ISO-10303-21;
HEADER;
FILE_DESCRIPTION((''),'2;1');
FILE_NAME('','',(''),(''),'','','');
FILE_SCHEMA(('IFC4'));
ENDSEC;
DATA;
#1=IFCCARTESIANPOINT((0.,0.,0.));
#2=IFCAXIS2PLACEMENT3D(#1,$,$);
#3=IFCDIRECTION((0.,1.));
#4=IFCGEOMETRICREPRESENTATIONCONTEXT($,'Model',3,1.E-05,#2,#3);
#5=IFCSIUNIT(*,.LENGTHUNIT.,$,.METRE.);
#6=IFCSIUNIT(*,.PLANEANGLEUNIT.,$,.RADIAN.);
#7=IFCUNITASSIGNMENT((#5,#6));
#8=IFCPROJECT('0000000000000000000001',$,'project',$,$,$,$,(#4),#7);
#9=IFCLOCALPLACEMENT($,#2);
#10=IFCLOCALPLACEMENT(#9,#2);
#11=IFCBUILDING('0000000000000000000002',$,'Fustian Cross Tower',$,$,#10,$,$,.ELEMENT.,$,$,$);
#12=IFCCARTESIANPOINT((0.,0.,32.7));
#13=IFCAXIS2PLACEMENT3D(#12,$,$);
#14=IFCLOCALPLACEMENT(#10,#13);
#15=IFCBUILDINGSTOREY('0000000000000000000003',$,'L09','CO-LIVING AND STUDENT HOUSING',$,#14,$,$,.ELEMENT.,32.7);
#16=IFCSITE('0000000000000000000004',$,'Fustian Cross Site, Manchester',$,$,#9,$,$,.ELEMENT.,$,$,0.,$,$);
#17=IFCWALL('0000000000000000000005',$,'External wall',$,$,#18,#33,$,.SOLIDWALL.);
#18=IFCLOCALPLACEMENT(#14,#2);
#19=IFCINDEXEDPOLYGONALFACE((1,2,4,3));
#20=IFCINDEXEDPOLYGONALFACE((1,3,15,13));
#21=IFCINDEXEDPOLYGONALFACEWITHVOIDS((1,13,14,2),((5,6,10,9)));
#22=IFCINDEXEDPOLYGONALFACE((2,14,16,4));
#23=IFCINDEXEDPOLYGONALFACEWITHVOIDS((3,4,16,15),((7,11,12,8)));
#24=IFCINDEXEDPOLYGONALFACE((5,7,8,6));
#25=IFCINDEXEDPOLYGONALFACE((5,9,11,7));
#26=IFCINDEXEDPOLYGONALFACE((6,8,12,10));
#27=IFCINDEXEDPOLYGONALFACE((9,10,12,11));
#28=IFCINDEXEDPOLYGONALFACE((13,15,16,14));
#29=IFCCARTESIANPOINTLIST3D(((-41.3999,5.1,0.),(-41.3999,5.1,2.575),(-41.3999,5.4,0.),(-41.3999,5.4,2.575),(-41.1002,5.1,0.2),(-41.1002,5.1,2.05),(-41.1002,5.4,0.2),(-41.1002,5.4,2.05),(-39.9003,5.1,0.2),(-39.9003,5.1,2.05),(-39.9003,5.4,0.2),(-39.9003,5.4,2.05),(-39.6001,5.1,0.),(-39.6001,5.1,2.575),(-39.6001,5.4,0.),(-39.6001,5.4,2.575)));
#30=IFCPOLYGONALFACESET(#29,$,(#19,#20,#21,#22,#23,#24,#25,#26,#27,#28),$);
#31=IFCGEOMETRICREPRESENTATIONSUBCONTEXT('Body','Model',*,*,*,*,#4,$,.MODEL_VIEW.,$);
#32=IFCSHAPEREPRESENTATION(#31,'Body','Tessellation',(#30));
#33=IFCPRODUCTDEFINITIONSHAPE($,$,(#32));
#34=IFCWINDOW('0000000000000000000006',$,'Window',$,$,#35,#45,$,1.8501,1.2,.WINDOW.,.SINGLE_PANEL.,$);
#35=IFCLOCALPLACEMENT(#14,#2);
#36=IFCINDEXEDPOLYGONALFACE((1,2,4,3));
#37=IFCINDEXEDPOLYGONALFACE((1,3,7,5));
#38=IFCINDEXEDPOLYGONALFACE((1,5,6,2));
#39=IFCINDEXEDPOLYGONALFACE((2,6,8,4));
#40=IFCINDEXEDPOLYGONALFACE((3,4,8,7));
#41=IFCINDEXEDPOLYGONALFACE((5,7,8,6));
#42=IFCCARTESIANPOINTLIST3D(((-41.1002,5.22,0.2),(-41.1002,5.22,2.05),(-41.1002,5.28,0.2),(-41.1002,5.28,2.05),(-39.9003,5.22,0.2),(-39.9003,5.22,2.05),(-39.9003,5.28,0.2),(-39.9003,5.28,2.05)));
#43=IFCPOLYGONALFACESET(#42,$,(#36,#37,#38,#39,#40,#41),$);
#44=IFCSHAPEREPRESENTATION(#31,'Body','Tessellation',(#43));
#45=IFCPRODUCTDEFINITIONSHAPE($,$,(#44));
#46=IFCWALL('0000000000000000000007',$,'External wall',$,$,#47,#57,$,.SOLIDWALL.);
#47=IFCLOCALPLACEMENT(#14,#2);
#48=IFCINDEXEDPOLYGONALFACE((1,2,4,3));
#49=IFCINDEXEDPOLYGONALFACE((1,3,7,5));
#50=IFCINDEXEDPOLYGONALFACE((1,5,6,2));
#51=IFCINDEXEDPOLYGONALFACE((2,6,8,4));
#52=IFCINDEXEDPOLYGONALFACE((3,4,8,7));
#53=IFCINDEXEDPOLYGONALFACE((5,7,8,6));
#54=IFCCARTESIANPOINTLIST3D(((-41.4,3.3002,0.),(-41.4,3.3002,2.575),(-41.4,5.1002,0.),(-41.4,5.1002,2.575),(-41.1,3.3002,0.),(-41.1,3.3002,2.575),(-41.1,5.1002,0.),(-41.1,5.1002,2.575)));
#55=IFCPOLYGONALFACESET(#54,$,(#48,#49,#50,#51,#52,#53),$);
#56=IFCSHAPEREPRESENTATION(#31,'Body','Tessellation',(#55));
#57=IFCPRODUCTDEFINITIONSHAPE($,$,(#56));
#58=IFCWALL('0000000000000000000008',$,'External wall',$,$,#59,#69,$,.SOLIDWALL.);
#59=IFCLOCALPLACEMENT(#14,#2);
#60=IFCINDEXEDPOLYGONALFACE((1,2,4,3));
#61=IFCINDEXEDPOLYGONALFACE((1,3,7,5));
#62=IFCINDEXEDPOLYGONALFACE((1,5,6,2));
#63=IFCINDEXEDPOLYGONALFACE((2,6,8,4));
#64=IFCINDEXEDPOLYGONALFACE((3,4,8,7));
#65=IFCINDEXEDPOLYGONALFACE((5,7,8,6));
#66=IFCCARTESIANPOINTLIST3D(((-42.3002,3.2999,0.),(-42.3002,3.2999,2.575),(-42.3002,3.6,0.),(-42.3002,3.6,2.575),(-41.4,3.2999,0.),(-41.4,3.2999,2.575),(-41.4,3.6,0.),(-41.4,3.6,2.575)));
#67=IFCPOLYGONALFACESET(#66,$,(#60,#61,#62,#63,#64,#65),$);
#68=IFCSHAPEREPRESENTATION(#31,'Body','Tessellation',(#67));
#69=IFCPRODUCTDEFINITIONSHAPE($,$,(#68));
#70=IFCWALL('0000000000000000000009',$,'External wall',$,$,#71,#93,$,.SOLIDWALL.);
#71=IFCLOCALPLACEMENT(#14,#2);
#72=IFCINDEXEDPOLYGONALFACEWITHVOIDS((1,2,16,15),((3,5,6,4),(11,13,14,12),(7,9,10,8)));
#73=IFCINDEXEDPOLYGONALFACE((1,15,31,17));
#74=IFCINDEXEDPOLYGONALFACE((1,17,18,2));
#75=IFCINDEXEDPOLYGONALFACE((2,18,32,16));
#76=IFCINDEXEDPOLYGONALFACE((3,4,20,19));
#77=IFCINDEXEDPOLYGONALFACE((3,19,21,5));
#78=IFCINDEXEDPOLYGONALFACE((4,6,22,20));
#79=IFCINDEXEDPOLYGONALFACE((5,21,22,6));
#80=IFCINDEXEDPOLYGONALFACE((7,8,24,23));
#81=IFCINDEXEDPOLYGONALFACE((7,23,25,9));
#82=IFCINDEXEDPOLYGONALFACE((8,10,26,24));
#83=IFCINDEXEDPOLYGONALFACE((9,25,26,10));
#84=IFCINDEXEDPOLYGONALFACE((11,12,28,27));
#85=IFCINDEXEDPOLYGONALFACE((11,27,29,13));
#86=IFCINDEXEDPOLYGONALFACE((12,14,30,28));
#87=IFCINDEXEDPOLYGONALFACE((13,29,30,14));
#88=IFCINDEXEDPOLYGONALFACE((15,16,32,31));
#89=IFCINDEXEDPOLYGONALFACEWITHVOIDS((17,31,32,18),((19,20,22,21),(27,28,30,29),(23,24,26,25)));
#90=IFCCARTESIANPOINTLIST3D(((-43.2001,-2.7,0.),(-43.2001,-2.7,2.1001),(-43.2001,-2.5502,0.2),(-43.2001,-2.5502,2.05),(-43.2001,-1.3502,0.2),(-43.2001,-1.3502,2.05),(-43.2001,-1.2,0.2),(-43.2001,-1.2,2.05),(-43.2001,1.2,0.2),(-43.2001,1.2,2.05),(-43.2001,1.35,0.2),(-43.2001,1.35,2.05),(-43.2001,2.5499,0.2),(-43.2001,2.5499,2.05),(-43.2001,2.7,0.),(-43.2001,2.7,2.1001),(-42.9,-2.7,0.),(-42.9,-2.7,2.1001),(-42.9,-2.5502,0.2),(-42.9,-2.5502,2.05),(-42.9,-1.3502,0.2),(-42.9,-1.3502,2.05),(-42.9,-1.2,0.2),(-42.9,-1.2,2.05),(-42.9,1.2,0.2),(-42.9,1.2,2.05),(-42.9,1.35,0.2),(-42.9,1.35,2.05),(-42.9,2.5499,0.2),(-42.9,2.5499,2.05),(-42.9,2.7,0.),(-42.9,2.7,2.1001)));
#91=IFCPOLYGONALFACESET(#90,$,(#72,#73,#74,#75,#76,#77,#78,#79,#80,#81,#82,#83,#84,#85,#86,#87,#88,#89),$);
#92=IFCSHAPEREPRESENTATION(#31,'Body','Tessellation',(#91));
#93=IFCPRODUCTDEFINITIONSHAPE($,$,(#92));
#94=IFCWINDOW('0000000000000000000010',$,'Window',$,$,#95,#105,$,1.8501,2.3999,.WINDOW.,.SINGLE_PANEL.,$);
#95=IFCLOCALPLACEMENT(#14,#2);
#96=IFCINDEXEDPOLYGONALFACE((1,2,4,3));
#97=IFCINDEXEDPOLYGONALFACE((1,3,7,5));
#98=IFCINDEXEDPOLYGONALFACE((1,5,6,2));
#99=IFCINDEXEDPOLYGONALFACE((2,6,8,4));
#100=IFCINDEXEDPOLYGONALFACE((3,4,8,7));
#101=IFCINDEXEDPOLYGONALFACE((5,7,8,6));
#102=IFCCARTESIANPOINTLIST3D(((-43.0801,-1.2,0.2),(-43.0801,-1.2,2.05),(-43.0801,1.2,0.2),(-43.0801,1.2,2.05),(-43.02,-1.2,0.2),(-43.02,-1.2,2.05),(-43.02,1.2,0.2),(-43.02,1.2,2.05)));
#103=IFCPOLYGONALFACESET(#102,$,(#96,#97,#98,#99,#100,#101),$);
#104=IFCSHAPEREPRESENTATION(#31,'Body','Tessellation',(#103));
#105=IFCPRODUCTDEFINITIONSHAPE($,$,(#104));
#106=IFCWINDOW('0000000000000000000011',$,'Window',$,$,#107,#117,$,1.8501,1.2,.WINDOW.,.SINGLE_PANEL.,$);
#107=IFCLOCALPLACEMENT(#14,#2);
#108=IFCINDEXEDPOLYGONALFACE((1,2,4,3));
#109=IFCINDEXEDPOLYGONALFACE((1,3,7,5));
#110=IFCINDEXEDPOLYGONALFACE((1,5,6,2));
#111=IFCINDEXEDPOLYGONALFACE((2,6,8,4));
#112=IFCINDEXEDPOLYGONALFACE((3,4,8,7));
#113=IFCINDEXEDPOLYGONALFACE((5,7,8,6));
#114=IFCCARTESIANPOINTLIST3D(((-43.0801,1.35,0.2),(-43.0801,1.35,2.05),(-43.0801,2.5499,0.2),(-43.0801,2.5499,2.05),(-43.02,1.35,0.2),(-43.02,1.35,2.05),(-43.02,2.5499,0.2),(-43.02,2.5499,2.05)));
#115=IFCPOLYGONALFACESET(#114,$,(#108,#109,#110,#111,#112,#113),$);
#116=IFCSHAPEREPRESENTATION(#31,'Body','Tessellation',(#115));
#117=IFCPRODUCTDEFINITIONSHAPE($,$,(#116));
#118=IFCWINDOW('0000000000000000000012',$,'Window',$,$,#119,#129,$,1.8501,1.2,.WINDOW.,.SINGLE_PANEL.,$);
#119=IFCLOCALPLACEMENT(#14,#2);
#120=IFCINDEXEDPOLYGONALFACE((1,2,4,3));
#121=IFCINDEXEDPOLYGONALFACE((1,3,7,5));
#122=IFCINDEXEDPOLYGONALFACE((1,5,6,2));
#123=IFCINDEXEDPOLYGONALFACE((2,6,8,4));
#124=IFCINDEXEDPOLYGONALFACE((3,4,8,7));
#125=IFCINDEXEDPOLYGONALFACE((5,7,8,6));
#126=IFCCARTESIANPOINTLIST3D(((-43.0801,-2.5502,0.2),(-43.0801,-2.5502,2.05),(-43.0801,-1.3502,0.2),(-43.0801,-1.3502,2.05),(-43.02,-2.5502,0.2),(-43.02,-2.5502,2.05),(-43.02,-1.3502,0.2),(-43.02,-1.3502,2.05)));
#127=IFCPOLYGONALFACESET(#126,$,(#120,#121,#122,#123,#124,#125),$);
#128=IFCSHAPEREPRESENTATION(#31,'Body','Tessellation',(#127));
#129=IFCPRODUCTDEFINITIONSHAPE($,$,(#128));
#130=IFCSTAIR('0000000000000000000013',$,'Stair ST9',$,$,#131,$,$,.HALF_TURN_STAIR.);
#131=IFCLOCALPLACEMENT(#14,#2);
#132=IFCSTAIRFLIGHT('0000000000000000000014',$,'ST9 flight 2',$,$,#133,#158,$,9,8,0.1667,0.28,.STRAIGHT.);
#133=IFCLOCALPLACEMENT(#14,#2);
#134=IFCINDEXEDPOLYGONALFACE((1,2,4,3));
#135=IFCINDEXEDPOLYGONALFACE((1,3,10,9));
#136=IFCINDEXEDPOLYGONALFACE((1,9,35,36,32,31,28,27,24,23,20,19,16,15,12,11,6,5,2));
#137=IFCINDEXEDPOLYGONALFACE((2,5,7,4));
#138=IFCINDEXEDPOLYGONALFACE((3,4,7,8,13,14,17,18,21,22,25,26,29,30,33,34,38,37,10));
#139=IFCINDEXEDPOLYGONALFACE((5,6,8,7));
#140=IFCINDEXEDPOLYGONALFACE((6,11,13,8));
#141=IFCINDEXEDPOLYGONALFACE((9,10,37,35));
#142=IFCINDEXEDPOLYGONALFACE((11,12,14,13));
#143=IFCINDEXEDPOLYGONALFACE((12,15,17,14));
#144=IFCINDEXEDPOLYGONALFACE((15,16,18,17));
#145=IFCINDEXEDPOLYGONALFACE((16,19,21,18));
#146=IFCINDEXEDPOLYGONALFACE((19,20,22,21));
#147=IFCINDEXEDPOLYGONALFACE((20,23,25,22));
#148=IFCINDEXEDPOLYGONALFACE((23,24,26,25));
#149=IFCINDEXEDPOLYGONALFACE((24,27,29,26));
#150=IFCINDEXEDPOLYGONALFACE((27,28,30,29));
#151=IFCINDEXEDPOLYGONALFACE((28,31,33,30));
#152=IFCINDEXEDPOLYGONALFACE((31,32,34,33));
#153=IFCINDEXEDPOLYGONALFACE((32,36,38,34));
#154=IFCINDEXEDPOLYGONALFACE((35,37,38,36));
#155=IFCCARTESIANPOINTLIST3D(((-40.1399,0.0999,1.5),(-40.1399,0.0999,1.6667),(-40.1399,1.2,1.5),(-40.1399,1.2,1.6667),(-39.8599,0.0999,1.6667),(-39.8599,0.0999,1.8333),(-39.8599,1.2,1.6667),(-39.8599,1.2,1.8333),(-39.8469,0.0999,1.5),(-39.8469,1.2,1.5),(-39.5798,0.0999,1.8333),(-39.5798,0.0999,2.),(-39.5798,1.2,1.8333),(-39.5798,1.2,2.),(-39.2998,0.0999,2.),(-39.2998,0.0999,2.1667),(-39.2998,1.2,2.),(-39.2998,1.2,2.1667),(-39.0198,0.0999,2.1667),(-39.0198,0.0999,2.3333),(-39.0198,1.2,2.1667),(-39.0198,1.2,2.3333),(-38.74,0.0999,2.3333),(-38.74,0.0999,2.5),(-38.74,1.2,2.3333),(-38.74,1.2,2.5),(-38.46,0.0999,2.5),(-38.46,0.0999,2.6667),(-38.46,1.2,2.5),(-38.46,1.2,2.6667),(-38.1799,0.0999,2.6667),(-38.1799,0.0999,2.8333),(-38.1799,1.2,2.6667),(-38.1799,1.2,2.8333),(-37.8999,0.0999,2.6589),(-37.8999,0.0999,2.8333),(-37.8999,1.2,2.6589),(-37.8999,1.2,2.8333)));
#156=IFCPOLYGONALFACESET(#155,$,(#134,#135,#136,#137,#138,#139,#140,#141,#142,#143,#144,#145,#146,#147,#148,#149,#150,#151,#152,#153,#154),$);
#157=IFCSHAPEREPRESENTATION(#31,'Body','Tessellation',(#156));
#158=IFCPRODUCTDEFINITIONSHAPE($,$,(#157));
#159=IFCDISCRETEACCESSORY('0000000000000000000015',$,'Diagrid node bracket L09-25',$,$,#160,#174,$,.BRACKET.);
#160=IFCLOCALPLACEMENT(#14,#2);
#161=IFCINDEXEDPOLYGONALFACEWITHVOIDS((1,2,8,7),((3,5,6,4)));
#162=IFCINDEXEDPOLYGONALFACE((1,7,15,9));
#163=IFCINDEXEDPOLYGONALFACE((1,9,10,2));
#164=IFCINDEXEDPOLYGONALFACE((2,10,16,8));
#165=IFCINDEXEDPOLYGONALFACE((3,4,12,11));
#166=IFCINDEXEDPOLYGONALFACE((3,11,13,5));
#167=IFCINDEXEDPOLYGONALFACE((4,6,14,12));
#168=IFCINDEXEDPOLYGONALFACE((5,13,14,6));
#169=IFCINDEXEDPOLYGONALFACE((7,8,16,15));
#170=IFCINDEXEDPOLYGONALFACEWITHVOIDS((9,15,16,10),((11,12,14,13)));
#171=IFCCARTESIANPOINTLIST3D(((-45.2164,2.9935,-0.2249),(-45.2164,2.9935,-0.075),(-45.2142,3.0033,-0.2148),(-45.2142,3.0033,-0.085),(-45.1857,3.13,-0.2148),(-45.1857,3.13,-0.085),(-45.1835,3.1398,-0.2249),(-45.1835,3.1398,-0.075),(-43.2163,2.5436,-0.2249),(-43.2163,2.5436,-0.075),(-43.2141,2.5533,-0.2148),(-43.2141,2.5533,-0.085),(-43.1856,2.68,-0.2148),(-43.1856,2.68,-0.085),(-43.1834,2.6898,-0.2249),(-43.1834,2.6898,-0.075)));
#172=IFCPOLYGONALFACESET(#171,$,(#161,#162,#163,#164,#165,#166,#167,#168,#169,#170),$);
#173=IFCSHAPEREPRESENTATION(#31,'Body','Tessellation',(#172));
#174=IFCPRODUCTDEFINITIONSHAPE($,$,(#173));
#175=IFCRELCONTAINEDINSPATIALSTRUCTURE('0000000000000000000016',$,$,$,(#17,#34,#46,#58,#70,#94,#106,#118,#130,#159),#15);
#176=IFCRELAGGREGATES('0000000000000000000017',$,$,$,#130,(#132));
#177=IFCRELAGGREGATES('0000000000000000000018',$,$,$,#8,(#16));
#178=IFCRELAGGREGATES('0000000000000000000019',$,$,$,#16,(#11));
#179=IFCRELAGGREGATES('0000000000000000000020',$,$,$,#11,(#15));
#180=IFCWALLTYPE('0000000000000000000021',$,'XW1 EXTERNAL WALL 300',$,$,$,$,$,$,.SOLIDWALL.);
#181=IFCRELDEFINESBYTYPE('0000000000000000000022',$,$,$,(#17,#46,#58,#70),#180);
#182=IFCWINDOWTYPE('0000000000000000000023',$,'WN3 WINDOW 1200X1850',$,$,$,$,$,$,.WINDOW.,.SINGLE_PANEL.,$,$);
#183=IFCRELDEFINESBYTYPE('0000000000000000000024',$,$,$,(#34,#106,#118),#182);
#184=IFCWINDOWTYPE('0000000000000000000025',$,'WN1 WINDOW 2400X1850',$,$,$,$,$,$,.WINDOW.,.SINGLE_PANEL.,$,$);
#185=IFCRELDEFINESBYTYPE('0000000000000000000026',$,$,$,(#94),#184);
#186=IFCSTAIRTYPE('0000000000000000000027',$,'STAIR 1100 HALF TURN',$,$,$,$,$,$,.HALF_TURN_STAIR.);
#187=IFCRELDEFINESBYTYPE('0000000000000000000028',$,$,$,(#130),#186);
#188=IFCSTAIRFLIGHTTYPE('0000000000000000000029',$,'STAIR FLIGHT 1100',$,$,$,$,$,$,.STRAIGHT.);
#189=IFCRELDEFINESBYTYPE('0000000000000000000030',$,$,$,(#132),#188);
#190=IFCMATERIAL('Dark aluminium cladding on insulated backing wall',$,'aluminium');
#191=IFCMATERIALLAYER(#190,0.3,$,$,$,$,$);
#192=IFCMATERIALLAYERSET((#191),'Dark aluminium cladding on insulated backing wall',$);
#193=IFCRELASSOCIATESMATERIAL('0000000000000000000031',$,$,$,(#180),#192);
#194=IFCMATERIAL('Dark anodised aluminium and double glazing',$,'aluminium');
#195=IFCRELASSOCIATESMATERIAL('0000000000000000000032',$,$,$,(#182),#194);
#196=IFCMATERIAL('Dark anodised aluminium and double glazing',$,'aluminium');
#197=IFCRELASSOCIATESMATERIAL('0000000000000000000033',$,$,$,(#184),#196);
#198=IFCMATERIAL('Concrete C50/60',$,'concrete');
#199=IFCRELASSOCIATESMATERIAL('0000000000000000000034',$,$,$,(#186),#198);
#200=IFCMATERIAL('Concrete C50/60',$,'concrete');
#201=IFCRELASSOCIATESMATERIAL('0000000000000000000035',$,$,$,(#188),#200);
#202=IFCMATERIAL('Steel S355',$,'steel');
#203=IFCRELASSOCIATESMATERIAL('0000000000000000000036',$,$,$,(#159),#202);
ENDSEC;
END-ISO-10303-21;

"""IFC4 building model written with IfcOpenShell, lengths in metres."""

from ifc_helpers import new_model, si_unit, direction, frame, frame_2d, origin, origin_2d, place, context, subcontext, project, spatial, polyline, rectangle, hollow_rectangle, outline, extrude, material, layer, layer_set, type_object, element, fill, aggregate, save


model = new_model("IFC4")

# Units and contexts
model_context = context("Model", 3, precision=1e-05, world=origin(), true_north=direction((0.0, 1.0)))
body_context = subcontext(model_context, "Body", "Model", "MODEL_VIEW")
ifc_project = project(units=[si_unit("LENGTHUNIT", "METRE"), si_unit("PLANEANGLEUNIT", "RADIAN")], contexts=[model_context])

# Site, building, storey
site_placement = place(None, origin())
site = spatial("IfcSite", under=ifc_project, at=site_placement, Name="Fustian Cross Site, Manchester", CompositionType="ELEMENT", RefElevation=0.0)
building_placement = place(site_placement, origin())
building = spatial("IfcBuilding", under=site, at=building_placement, Name="Fustian Cross Tower", CompositionType="ELEMENT")
storey_placement = place(building_placement, frame((0.0, 0.0, 32.7)))
storey = spatial("IfcBuildingStorey", under=building, at=storey_placement, Name="L09", Description="CO-LIVING AND STUDENT HOUSING", CompositionType="ELEMENT", Elevation=32.7)

# Shared definitions
ifc_material_1 = material(Name="Dark aluminium cladding on insulated backing wall", Category="aluminium")
ifc_layer_1 = layer(ifc_material_1, 0.3)
ifc_layer_set_1 = layer_set([ifc_layer_1], Name="Dark aluminium cladding on insulated backing wall")
wall_type_1 = type_object("IfcWallType", Name="XW1 EXTERNAL WALL 300", PredefinedType="SOLIDWALL", material=ifc_layer_set_1)
ifc_material_2 = material(Name="Dark anodised aluminium and double glazing", Category="aluminium")
window_type_1 = type_object("IfcWindowType", Name="WN3 WINDOW 1200X1850", PartitioningType="SINGLE_PANEL", PredefinedType="WINDOW", material=ifc_material_2)

# Wall, opening, window
wall_1_placement = place(storey_placement, frame((-39.6001, 5.25, 0.0), z_axis=(0.0, 0.0, 1.0), x_axis=(-1.0, 0.0, 0.0)))
wall_1 = element("IfcWall", 1, at=wall_1_placement, inside=storey, type_object=wall_type_1, Name="External wall", PredefinedType="SOLIDWALL", context=body_context, shape_type="SweptSolid", body=[
    extrude(rectangle(XDim=1.7998, YDim=0.3, at=frame_2d((0.8999, 0.0))), origin(), (0.0, 0.0, 1.0), 2.575),
])
opening_1_placement = place(wall_1_placement, frame((0.3, 0.0, 0.2)))
opening_1 = element("IfcOpeningElement", 2, at=opening_1_placement, cuts=wall_1, PredefinedType="OPENING", context=body_context, shape_type="SweptSolid", body=[
    extrude(rectangle(XDim=1.2, YDim=1.8501, at=frame_2d((0.6001, 0.925))), frame((0.0, 0.1599, 0.0), z_axis=(0.0, -1.0, 0.0), x_axis=(1.0, 0.0, 0.0)), (0.0, 0.0, 1.0), 0.3201),
])
window_1_placement = place(opening_1_placement, origin())
window_1 = element("IfcWindow", 3, at=window_1_placement, inside=storey, type_object=window_type_1, Name="Window", OverallHeight=1.8501, OverallWidth=1.2, PartitioningType="SINGLE_PANEL", PredefinedType="WINDOW", context=body_context, shape_type="SweptSolid", body=[
    extrude(rectangle(XDim=1.2, YDim=1.8501, at=frame_2d((0.6001, 0.925))), frame((0.0, 0.03, 0.0), z_axis=(0.0, -1.0, 0.0), x_axis=(1.0, 0.0, 0.0)), (0.0, 0.0, 1.0), 0.0601),
])
fill(opening_1, window_1)

# Walls
wall_2_placement = place(storey_placement, frame((-41.25, 5.1001, 0.0), z_axis=(0.0, 0.0, 1.0), x_axis=(0.0, -1.0, 0.0)))
element("IfcWall", 4, at=wall_2_placement, inside=storey, type_object=wall_type_1, Name="External wall", PredefinedType="SOLIDWALL", context=body_context, shape_type="SweptSolid", body=[
    extrude(rectangle(XDim=1.8, YDim=0.3, at=frame_2d((0.8999, 0.0))), origin(), (0.0, 0.0, 1.0), 2.575),
])
wall_3_placement = place(storey_placement, frame((-41.3999, 3.45, 0.0), z_axis=(0.0, 0.0, 1.0), x_axis=(-1.0, 0.0, 0.0)))
element("IfcWall", 5, at=wall_3_placement, inside=storey, type_object=wall_type_1, Name="External wall", PredefinedType="SOLIDWALL", context=body_context, shape_type="SweptSolid", body=[
    extrude(rectangle(XDim=0.9001, YDim=0.3, at=frame_2d((0.4502, 0.0))), origin(), (0.0, 0.0, 1.0), 2.575),
])

# Wall, openings, windows
wall_4_placement = place(storey_placement, frame((-43.05, 2.7, 0.0), z_axis=(0.0, 0.0, 1.0), x_axis=(0.0, -1.0, 0.0)))
wall_4 = element("IfcWall", 6, at=wall_4_placement, inside=storey, type_object=wall_type_1, Name="External wall", PredefinedType="SOLIDWALL", context=body_context, shape_type="SweptSolid", body=[
    extrude(rectangle(XDim=5.3999, YDim=0.3, at=frame_2d((2.7, 0.0))), origin(), (0.0, 0.0, 1.0), 2.1001),
])
opening_2_placement = place(wall_4_placement, frame((1.5, 0.0, 0.2)))
opening_2 = element("IfcOpeningElement", 7, at=opening_2_placement, cuts=wall_4, PredefinedType="OPENING", context=body_context, shape_type="SweptSolid", body=[
    extrude(rectangle(XDim=2.3999, YDim=1.8501, at=frame_2d((1.2, 0.925))), frame((0.0, 0.1599, 0.0), z_axis=(0.0, -1.0, 0.0), x_axis=(1.0, 0.0, 0.0)), (0.0, 0.0, 1.0), 0.3201),
])
opening_3_placement = place(wall_4_placement, frame((0.1499, 0.0, 0.2)))
opening_3 = element("IfcOpeningElement", 8, at=opening_3_placement, cuts=wall_4, PredefinedType="OPENING", context=body_context, shape_type="SweptSolid", body=[
    extrude(rectangle(XDim=1.2, YDim=1.8501, at=frame_2d((0.6001, 0.925))), frame((0.0, 0.1599, 0.0), z_axis=(0.0, -1.0, 0.0), x_axis=(1.0, 0.0, 0.0)), (0.0, 0.0, 1.0), 0.3201),
])
opening_4_placement = place(wall_4_placement, frame((4.05, 0.0, 0.2)))
opening_4 = element("IfcOpeningElement", 9, at=opening_4_placement, cuts=wall_4, PredefinedType="OPENING", context=body_context, shape_type="SweptSolid", body=[
    extrude(rectangle(XDim=1.2, YDim=1.8501, at=frame_2d((0.6001, 0.925))), frame((0.0, 0.1599, 0.0), z_axis=(0.0, -1.0, 0.0), x_axis=(1.0, 0.0, 0.0)), (0.0, 0.0, 1.0), 0.3201),
])
ifc_material_3 = material(Name="Dark anodised aluminium and double glazing", Category="aluminium")
window_type_2 = type_object("IfcWindowType", Name="WN1 WINDOW 2400X1850", PartitioningType="SINGLE_PANEL", PredefinedType="WINDOW", material=ifc_material_3)
window_2_placement = place(opening_2_placement, origin())
window_2 = element("IfcWindow", 10, at=window_2_placement, inside=storey, type_object=window_type_2, Name="Window", OverallHeight=1.8501, OverallWidth=2.3999, PartitioningType="SINGLE_PANEL", PredefinedType="WINDOW", context=body_context, shape_type="SweptSolid", body=[
    extrude(rectangle(XDim=2.3999, YDim=1.8501, at=frame_2d((1.2, 0.925))), frame((0.0, 0.03, 0.0), z_axis=(0.0, -1.0, 0.0), x_axis=(1.0, 0.0, 0.0)), (0.0, 0.0, 1.0), 0.0601),
])
fill(opening_2, window_2)
window_3_placement = place(opening_3_placement, origin())
window_3 = element("IfcWindow", 11, at=window_3_placement, inside=storey, type_object=window_type_1, Name="Window", OverallHeight=1.8501, OverallWidth=1.2, PartitioningType="SINGLE_PANEL", PredefinedType="WINDOW", context=body_context, shape_type="SweptSolid", body=[
    extrude(rectangle(XDim=1.2, YDim=1.8501, at=frame_2d((0.6001, 0.925))), frame((0.0, 0.03, 0.0), z_axis=(0.0, -1.0, 0.0), x_axis=(1.0, 0.0, 0.0)), (0.0, 0.0, 1.0), 0.0601),
])
fill(opening_3, window_3)
window_4_placement = place(opening_4_placement, origin())
window_4 = element("IfcWindow", 12, at=window_4_placement, inside=storey, type_object=window_type_1, Name="Window", OverallHeight=1.8501, OverallWidth=1.2, PartitioningType="SINGLE_PANEL", PredefinedType="WINDOW", context=body_context, shape_type="SweptSolid", body=[
    extrude(rectangle(XDim=1.2, YDim=1.8501, at=frame_2d((0.6001, 0.925))), frame((0.0, 0.03, 0.0), z_axis=(0.0, -1.0, 0.0), x_axis=(1.0, 0.0, 0.0)), (0.0, 0.0, 1.0), 0.0601),
])
fill(opening_4, window_4)

# Stair, stair flight
ifc_material_4 = material(Name="Concrete C50/60", Category="concrete")
stair_type = type_object("IfcStairType", Name="STAIR 1100 HALF TURN", PredefinedType="HALF_TURN_STAIR", material=ifc_material_4)
stair_placement = place(storey_placement, origin())
stair = element("IfcStair", 13, at=stair_placement, inside=storey, type_object=stair_type, Name="Stair ST9", PredefinedType="HALF_TURN_STAIR")
ifc_material_5 = material(Name="Concrete C50/60", Category="concrete")
stair_flight_type = type_object("IfcStairFlightType", Name="STAIR FLIGHT 1100", PredefinedType="STRAIGHT", material=ifc_material_5)
stair_flight_placement = place(storey_placement, frame((-40.1399, 0.6499, 1.5), z_axis=(0.0, 0.0, 1.0), x_axis=(1.0, 0.0, 0.0)))
stair_flight = element("IfcStairFlight", 14, at=stair_flight_placement, type_object=stair_flight_type, Name="ST9 flight 2", NumberOfRisers=9, NumberOfTreads=8, PredefinedType="STRAIGHT", RiserHeight=0.1667, TreadLength=0.28, context=body_context, shape_type="SweptSolid", body=[
    extrude(outline(polyline([(0.0, 0.0), (0.0, 0.1667), (0.28, 0.1667), (0.28, 0.3333), (0.5601, 0.3333), (0.5601, 0.5), (0.8401, 0.5), (0.8401, 0.6667), (1.1201, 0.6667), (1.1201, 0.8333), (1.3999, 0.8333), (1.3999, 1.0), (1.6799, 1.0), (1.6799, 1.1667), (1.96, 1.1667), (1.96, 1.3333), (2.24, 1.3333), (2.24, 1.5), (2.24, 1.1589), (0.293, 0.0), (0.0, 0.0)])), frame((0.0, 0.55, 0.0), z_axis=(0.0, -1.0, 0.0), x_axis=(1.0, 0.0, 0.0)), (0.0, 0.0, 1.0), 1.1001),
])
aggregate(stair, [stair_flight])

# Discrete accessory
ifc_material_6 = material(Name="Steel S355", Category="steel")
discrete_accessory_placement = place(storey_placement, frame((-45.2, 3.0667, -0.1499), z_axis=(0.975615, -0.21949, 0.0), x_axis=(0.21949, 0.975615, 0.0)))
element("IfcDiscreteAccessory", 15, at=discrete_accessory_placement, inside=storey, material=ifc_material_6, Name="Diagrid node bracket L09-25", PredefinedType="BRACKET", context=body_context, shape_type="SweptSolid", body=[
    extrude(hollow_rectangle(XDim=0.1499, YDim=0.1499, WallThickness=0.01, at=origin_2d()), origin(), (0.0, 0.0, 1.0), 2.05),
])

save(model, "model.ifc")
